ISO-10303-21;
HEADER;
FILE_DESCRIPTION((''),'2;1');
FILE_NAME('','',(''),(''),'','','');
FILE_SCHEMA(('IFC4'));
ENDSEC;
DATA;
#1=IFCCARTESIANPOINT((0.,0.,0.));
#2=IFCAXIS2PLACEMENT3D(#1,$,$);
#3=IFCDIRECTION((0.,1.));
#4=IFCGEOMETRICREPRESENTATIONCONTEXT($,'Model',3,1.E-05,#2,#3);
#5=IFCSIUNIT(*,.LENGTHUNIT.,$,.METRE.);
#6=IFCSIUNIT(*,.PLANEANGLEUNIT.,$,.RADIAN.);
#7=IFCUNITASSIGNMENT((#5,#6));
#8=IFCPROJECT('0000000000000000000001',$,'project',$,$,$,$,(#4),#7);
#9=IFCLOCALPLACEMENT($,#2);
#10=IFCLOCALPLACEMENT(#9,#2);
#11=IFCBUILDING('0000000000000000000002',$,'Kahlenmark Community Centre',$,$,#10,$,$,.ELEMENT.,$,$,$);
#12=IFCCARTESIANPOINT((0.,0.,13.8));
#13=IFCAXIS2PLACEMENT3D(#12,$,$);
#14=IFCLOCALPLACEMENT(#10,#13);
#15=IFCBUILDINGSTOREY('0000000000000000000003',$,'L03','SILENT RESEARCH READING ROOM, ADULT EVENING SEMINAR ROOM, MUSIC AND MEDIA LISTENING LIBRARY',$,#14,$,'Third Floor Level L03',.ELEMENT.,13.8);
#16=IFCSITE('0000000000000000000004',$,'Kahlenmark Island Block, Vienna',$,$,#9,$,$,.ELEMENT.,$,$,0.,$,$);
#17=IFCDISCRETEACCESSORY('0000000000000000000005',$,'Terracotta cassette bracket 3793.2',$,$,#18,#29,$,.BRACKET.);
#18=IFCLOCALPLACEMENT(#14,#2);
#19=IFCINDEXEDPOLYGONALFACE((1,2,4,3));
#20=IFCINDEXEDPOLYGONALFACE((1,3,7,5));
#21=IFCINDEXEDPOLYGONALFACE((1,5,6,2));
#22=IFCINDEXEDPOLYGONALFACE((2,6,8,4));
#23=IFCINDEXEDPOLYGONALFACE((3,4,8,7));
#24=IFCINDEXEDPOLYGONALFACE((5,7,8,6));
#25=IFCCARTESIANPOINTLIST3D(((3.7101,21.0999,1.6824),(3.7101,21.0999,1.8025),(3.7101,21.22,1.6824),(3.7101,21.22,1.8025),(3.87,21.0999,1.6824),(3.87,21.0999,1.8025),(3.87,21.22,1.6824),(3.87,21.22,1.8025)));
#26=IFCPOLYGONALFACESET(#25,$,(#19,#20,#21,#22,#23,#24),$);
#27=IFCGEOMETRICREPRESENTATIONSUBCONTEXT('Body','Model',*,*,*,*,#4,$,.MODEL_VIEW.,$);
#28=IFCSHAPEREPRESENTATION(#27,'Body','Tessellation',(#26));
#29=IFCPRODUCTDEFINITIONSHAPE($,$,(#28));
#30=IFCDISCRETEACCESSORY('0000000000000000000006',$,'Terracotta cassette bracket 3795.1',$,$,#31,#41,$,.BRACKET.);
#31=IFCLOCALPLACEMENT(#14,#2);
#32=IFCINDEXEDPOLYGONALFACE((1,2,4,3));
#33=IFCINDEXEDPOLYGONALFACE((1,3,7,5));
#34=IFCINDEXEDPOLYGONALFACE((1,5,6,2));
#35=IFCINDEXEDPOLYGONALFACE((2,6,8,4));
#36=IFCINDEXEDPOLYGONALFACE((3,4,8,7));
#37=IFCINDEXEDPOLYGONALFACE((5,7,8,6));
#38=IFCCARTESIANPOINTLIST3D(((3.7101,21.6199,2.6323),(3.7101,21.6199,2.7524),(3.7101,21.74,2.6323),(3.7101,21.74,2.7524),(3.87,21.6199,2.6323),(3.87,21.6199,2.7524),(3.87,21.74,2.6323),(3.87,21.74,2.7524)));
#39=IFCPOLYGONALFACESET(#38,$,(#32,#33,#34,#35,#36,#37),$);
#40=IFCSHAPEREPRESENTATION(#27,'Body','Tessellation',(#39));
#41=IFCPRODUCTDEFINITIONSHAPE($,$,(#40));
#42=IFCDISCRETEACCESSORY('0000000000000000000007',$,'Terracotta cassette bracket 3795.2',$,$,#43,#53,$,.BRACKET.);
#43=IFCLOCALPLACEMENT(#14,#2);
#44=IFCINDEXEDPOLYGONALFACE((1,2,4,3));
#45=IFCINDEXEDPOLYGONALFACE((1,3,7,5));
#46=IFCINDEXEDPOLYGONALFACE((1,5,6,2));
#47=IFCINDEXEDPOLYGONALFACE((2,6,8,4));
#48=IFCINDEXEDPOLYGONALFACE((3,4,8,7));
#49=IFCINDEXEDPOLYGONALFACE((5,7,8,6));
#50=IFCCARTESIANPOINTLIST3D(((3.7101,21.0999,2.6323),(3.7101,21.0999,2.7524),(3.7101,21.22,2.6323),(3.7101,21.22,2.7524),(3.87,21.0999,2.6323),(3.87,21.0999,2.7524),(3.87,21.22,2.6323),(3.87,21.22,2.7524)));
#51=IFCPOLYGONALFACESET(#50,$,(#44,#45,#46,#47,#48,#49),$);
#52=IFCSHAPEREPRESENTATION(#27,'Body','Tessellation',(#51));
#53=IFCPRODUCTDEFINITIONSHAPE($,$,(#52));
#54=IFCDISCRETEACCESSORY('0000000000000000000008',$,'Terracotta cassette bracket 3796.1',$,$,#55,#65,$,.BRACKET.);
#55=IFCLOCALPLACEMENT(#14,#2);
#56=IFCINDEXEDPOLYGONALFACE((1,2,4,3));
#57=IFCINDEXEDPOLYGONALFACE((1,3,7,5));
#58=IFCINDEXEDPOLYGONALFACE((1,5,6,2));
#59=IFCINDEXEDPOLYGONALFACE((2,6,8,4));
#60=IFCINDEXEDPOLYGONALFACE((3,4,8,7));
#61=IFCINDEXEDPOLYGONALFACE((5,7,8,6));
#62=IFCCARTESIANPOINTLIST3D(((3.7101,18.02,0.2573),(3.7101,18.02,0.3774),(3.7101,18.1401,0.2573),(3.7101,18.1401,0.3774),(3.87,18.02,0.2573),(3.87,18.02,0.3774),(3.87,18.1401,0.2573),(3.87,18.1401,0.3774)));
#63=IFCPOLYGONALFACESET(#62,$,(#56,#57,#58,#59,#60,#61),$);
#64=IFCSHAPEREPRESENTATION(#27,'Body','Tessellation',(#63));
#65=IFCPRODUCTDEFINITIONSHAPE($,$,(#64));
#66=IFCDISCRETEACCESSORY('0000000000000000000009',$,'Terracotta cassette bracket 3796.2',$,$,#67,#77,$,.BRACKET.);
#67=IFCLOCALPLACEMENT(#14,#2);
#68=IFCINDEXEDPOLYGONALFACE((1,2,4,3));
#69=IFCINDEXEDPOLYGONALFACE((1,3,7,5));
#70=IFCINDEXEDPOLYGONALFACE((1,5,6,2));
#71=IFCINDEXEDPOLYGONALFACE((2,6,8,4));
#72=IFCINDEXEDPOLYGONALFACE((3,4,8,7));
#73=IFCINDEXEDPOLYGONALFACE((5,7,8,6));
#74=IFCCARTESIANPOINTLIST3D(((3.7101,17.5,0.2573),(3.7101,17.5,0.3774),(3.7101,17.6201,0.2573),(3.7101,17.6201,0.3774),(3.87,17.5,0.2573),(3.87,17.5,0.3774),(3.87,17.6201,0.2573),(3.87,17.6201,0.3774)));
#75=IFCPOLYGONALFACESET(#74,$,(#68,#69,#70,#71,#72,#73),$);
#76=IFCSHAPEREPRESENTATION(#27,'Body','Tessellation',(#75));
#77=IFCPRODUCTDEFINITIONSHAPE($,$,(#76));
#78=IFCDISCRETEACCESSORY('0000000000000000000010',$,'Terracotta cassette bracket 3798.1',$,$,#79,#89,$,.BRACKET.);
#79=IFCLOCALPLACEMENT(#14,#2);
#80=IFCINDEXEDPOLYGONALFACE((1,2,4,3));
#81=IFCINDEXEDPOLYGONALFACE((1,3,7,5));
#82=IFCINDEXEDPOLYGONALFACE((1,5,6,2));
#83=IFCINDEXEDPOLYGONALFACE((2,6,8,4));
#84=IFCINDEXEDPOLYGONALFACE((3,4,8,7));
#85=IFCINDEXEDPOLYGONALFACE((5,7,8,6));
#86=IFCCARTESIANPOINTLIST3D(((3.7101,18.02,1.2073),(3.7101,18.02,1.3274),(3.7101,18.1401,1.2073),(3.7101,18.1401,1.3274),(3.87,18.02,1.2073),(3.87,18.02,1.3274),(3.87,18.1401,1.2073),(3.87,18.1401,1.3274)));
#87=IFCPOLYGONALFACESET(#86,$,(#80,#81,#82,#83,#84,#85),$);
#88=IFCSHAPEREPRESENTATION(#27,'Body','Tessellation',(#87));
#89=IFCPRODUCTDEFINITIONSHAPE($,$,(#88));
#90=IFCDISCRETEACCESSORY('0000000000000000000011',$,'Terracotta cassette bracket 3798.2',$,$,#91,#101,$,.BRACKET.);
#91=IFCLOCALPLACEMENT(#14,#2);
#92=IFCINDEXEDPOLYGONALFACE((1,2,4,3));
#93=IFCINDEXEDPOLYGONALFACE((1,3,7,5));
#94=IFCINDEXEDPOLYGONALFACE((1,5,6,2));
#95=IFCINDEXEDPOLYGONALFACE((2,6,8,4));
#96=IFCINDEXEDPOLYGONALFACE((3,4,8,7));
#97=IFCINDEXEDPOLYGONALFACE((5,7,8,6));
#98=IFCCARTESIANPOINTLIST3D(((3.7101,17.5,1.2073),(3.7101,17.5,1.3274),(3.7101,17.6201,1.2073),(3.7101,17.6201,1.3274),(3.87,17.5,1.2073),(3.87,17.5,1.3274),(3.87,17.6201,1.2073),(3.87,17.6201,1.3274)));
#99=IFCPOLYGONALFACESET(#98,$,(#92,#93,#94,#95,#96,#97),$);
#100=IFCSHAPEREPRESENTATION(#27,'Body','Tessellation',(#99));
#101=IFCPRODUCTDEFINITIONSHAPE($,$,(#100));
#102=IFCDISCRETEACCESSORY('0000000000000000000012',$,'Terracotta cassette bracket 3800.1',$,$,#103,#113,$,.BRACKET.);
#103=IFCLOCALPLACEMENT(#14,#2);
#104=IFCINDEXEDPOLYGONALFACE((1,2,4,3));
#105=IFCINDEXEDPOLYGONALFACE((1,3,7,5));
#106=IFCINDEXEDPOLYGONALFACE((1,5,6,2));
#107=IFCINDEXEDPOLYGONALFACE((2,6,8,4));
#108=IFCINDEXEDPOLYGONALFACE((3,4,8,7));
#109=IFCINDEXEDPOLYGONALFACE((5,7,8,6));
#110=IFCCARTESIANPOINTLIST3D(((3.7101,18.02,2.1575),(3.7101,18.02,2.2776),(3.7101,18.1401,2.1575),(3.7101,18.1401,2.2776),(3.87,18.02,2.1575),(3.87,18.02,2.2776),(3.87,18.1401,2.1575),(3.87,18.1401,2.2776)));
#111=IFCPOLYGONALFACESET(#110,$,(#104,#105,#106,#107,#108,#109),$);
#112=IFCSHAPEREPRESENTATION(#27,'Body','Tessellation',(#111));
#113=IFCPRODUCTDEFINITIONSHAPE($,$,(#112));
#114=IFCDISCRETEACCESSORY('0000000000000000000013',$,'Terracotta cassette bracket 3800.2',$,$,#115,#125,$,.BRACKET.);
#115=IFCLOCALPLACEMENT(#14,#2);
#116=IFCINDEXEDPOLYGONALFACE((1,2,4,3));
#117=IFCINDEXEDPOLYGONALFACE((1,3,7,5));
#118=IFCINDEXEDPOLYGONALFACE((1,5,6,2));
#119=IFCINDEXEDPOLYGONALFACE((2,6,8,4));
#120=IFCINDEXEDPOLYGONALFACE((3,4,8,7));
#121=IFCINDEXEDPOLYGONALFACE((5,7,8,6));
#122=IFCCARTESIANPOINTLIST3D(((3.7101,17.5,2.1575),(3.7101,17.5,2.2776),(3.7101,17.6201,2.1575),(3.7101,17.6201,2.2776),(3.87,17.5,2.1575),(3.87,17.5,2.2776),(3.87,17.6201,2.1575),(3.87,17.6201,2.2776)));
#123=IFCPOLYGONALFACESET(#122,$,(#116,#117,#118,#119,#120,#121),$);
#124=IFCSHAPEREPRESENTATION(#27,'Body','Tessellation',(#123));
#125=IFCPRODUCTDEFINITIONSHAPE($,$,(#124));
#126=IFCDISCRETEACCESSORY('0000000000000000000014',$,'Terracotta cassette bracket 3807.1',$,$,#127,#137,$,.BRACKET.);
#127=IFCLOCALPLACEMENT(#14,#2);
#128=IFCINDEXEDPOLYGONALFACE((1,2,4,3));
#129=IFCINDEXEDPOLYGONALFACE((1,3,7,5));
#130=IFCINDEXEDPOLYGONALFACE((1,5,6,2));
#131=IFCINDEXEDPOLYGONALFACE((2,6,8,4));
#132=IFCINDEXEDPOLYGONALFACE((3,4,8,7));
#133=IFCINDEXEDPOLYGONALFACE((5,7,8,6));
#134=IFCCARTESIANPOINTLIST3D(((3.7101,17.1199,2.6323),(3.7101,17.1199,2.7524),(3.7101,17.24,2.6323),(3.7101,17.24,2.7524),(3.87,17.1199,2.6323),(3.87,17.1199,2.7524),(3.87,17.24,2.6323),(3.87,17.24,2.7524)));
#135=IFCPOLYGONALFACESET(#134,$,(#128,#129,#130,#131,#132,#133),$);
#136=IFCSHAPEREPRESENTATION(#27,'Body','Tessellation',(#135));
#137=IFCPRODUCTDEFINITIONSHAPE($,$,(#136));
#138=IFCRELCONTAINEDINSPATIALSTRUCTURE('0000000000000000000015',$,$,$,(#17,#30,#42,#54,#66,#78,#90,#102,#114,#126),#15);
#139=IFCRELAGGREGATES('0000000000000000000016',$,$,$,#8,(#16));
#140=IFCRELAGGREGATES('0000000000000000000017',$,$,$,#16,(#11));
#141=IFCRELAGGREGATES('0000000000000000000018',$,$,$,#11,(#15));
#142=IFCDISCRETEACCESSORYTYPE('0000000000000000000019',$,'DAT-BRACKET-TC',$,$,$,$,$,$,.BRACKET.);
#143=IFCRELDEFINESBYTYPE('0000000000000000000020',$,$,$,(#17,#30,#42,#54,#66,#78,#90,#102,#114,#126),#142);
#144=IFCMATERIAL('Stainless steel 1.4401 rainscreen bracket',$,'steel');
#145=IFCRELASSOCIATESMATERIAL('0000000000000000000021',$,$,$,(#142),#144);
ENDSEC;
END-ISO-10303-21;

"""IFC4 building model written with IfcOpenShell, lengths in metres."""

from ifc_helpers import new_model, si_unit, direction, frame, origin, origin_2d, place, context, subcontext, project, spatial, rectangle, extrude, material, type_object, element, save


model = new_model("IFC4")

# Units and contexts
model_context = context("Model", 3, precision=1e-05, world=origin(), true_north=direction((0.0, 1.0)))
body_context = subcontext(model_context, "Body", "Model", "MODEL_VIEW")
ifc_project = project(units=[si_unit("LENGTHUNIT", "METRE"), si_unit("PLANEANGLEUNIT", "RADIAN")], contexts=[model_context])

# Site, building, storey
site_placement = place(None, origin())
site = spatial("IfcSite", under=ifc_project, at=site_placement, Name="Kahlenmark Island Block, Vienna", CompositionType="ELEMENT", RefElevation=0.0)
building_placement = place(site_placement, origin())
building = spatial("IfcBuilding", under=site, at=building_placement, Name="Kahlenmark Community Centre", CompositionType="ELEMENT")
storey_placement = place(building_placement, frame((0.0, 0.0, 13.8)))
storey = spatial("IfcBuildingStorey", under=building, at=storey_placement, Name="L03", Description="SILENT RESEARCH READING ROOM, ADULT EVENING SEMINAR ROOM, MUSIC AND MEDIA LISTENING LIBRARY", LongName="Third Floor Level L03", CompositionType="ELEMENT", Elevation=13.8)

# Discrete accessories
ifc_material_1 = material(Name="Stainless steel 1.4401 rainscreen bracket", Category="steel")
discrete_accessory_type = type_object("IfcDiscreteAccessoryType", Name="DAT-BRACKET-TC", PredefinedType="BRACKET", material=ifc_material_1)
for number, where, z_axis, x_axis, name in (
    (1, (3.79, 21.1599, 1.6824), (0.0, 0.0, 1.0), (0.0, -1.0, 0.0), "Terracotta cassette bracket 3793.2"),
    (2, (3.79, 21.6799, 2.6323), (0.0, 0.0, 1.0), (0.0, -1.0, 0.0), "Terracotta cassette bracket 3795.1"),
    (3, (3.79, 21.1599, 2.6323), (0.0, 0.0, 1.0), (0.0, -1.0, 0.0), "Terracotta cassette bracket 3795.2"),
    (4, (3.79, 18.0801, 0.2573), (0.0, 0.0, 1.0), (0.0, -1.0, 0.0), "Terracotta cassette bracket 3796.1"),
    (5, (3.79, 17.5601, 0.2573), (0.0, 0.0, 1.0), (0.0, -1.0, 0.0), "Terracotta cassette bracket 3796.2"),
    (6, (3.79, 18.0801, 1.2073), (0.0, 0.0, 1.0), (0.0, -1.0, 0.0), "Terracotta cassette bracket 3798.1"),
    (7, (3.79, 17.5601, 1.2073), (0.0, 0.0, 1.0), (0.0, -1.0, 0.0), "Terracotta cassette bracket 3798.2"),
    (8, (3.79, 18.0801, 2.1575), (0.0, 0.0, 1.0), (0.0, -1.0, 0.0), "Terracotta cassette bracket 3800.1"),
    (9, (3.79, 17.5601, 2.1575), (0.0, 0.0, 1.0), (0.0, -1.0, 0.0), "Terracotta cassette bracket 3800.2"),
    (10, (3.79, 17.1799, 2.6323), (0.0, 0.0, 1.0), (0.0, -1.0, 0.0), "Terracotta cassette bracket 3807.1"),
):
    element("IfcDiscreteAccessory", number, at=place(storey_placement, frame(where, z_axis=z_axis, x_axis=x_axis)), inside=storey, type_object=discrete_accessory_type, Name=name, PredefinedType="BRACKET", context=body_context, shape_type="SweptSolid", body=[
        extrude(rectangle(XDim=0.1201, YDim=0.1599, at=origin_2d()), origin(), (0.0, 0.0, 1.0), 0.1201),
    ])

save(model, "model.ifc")
